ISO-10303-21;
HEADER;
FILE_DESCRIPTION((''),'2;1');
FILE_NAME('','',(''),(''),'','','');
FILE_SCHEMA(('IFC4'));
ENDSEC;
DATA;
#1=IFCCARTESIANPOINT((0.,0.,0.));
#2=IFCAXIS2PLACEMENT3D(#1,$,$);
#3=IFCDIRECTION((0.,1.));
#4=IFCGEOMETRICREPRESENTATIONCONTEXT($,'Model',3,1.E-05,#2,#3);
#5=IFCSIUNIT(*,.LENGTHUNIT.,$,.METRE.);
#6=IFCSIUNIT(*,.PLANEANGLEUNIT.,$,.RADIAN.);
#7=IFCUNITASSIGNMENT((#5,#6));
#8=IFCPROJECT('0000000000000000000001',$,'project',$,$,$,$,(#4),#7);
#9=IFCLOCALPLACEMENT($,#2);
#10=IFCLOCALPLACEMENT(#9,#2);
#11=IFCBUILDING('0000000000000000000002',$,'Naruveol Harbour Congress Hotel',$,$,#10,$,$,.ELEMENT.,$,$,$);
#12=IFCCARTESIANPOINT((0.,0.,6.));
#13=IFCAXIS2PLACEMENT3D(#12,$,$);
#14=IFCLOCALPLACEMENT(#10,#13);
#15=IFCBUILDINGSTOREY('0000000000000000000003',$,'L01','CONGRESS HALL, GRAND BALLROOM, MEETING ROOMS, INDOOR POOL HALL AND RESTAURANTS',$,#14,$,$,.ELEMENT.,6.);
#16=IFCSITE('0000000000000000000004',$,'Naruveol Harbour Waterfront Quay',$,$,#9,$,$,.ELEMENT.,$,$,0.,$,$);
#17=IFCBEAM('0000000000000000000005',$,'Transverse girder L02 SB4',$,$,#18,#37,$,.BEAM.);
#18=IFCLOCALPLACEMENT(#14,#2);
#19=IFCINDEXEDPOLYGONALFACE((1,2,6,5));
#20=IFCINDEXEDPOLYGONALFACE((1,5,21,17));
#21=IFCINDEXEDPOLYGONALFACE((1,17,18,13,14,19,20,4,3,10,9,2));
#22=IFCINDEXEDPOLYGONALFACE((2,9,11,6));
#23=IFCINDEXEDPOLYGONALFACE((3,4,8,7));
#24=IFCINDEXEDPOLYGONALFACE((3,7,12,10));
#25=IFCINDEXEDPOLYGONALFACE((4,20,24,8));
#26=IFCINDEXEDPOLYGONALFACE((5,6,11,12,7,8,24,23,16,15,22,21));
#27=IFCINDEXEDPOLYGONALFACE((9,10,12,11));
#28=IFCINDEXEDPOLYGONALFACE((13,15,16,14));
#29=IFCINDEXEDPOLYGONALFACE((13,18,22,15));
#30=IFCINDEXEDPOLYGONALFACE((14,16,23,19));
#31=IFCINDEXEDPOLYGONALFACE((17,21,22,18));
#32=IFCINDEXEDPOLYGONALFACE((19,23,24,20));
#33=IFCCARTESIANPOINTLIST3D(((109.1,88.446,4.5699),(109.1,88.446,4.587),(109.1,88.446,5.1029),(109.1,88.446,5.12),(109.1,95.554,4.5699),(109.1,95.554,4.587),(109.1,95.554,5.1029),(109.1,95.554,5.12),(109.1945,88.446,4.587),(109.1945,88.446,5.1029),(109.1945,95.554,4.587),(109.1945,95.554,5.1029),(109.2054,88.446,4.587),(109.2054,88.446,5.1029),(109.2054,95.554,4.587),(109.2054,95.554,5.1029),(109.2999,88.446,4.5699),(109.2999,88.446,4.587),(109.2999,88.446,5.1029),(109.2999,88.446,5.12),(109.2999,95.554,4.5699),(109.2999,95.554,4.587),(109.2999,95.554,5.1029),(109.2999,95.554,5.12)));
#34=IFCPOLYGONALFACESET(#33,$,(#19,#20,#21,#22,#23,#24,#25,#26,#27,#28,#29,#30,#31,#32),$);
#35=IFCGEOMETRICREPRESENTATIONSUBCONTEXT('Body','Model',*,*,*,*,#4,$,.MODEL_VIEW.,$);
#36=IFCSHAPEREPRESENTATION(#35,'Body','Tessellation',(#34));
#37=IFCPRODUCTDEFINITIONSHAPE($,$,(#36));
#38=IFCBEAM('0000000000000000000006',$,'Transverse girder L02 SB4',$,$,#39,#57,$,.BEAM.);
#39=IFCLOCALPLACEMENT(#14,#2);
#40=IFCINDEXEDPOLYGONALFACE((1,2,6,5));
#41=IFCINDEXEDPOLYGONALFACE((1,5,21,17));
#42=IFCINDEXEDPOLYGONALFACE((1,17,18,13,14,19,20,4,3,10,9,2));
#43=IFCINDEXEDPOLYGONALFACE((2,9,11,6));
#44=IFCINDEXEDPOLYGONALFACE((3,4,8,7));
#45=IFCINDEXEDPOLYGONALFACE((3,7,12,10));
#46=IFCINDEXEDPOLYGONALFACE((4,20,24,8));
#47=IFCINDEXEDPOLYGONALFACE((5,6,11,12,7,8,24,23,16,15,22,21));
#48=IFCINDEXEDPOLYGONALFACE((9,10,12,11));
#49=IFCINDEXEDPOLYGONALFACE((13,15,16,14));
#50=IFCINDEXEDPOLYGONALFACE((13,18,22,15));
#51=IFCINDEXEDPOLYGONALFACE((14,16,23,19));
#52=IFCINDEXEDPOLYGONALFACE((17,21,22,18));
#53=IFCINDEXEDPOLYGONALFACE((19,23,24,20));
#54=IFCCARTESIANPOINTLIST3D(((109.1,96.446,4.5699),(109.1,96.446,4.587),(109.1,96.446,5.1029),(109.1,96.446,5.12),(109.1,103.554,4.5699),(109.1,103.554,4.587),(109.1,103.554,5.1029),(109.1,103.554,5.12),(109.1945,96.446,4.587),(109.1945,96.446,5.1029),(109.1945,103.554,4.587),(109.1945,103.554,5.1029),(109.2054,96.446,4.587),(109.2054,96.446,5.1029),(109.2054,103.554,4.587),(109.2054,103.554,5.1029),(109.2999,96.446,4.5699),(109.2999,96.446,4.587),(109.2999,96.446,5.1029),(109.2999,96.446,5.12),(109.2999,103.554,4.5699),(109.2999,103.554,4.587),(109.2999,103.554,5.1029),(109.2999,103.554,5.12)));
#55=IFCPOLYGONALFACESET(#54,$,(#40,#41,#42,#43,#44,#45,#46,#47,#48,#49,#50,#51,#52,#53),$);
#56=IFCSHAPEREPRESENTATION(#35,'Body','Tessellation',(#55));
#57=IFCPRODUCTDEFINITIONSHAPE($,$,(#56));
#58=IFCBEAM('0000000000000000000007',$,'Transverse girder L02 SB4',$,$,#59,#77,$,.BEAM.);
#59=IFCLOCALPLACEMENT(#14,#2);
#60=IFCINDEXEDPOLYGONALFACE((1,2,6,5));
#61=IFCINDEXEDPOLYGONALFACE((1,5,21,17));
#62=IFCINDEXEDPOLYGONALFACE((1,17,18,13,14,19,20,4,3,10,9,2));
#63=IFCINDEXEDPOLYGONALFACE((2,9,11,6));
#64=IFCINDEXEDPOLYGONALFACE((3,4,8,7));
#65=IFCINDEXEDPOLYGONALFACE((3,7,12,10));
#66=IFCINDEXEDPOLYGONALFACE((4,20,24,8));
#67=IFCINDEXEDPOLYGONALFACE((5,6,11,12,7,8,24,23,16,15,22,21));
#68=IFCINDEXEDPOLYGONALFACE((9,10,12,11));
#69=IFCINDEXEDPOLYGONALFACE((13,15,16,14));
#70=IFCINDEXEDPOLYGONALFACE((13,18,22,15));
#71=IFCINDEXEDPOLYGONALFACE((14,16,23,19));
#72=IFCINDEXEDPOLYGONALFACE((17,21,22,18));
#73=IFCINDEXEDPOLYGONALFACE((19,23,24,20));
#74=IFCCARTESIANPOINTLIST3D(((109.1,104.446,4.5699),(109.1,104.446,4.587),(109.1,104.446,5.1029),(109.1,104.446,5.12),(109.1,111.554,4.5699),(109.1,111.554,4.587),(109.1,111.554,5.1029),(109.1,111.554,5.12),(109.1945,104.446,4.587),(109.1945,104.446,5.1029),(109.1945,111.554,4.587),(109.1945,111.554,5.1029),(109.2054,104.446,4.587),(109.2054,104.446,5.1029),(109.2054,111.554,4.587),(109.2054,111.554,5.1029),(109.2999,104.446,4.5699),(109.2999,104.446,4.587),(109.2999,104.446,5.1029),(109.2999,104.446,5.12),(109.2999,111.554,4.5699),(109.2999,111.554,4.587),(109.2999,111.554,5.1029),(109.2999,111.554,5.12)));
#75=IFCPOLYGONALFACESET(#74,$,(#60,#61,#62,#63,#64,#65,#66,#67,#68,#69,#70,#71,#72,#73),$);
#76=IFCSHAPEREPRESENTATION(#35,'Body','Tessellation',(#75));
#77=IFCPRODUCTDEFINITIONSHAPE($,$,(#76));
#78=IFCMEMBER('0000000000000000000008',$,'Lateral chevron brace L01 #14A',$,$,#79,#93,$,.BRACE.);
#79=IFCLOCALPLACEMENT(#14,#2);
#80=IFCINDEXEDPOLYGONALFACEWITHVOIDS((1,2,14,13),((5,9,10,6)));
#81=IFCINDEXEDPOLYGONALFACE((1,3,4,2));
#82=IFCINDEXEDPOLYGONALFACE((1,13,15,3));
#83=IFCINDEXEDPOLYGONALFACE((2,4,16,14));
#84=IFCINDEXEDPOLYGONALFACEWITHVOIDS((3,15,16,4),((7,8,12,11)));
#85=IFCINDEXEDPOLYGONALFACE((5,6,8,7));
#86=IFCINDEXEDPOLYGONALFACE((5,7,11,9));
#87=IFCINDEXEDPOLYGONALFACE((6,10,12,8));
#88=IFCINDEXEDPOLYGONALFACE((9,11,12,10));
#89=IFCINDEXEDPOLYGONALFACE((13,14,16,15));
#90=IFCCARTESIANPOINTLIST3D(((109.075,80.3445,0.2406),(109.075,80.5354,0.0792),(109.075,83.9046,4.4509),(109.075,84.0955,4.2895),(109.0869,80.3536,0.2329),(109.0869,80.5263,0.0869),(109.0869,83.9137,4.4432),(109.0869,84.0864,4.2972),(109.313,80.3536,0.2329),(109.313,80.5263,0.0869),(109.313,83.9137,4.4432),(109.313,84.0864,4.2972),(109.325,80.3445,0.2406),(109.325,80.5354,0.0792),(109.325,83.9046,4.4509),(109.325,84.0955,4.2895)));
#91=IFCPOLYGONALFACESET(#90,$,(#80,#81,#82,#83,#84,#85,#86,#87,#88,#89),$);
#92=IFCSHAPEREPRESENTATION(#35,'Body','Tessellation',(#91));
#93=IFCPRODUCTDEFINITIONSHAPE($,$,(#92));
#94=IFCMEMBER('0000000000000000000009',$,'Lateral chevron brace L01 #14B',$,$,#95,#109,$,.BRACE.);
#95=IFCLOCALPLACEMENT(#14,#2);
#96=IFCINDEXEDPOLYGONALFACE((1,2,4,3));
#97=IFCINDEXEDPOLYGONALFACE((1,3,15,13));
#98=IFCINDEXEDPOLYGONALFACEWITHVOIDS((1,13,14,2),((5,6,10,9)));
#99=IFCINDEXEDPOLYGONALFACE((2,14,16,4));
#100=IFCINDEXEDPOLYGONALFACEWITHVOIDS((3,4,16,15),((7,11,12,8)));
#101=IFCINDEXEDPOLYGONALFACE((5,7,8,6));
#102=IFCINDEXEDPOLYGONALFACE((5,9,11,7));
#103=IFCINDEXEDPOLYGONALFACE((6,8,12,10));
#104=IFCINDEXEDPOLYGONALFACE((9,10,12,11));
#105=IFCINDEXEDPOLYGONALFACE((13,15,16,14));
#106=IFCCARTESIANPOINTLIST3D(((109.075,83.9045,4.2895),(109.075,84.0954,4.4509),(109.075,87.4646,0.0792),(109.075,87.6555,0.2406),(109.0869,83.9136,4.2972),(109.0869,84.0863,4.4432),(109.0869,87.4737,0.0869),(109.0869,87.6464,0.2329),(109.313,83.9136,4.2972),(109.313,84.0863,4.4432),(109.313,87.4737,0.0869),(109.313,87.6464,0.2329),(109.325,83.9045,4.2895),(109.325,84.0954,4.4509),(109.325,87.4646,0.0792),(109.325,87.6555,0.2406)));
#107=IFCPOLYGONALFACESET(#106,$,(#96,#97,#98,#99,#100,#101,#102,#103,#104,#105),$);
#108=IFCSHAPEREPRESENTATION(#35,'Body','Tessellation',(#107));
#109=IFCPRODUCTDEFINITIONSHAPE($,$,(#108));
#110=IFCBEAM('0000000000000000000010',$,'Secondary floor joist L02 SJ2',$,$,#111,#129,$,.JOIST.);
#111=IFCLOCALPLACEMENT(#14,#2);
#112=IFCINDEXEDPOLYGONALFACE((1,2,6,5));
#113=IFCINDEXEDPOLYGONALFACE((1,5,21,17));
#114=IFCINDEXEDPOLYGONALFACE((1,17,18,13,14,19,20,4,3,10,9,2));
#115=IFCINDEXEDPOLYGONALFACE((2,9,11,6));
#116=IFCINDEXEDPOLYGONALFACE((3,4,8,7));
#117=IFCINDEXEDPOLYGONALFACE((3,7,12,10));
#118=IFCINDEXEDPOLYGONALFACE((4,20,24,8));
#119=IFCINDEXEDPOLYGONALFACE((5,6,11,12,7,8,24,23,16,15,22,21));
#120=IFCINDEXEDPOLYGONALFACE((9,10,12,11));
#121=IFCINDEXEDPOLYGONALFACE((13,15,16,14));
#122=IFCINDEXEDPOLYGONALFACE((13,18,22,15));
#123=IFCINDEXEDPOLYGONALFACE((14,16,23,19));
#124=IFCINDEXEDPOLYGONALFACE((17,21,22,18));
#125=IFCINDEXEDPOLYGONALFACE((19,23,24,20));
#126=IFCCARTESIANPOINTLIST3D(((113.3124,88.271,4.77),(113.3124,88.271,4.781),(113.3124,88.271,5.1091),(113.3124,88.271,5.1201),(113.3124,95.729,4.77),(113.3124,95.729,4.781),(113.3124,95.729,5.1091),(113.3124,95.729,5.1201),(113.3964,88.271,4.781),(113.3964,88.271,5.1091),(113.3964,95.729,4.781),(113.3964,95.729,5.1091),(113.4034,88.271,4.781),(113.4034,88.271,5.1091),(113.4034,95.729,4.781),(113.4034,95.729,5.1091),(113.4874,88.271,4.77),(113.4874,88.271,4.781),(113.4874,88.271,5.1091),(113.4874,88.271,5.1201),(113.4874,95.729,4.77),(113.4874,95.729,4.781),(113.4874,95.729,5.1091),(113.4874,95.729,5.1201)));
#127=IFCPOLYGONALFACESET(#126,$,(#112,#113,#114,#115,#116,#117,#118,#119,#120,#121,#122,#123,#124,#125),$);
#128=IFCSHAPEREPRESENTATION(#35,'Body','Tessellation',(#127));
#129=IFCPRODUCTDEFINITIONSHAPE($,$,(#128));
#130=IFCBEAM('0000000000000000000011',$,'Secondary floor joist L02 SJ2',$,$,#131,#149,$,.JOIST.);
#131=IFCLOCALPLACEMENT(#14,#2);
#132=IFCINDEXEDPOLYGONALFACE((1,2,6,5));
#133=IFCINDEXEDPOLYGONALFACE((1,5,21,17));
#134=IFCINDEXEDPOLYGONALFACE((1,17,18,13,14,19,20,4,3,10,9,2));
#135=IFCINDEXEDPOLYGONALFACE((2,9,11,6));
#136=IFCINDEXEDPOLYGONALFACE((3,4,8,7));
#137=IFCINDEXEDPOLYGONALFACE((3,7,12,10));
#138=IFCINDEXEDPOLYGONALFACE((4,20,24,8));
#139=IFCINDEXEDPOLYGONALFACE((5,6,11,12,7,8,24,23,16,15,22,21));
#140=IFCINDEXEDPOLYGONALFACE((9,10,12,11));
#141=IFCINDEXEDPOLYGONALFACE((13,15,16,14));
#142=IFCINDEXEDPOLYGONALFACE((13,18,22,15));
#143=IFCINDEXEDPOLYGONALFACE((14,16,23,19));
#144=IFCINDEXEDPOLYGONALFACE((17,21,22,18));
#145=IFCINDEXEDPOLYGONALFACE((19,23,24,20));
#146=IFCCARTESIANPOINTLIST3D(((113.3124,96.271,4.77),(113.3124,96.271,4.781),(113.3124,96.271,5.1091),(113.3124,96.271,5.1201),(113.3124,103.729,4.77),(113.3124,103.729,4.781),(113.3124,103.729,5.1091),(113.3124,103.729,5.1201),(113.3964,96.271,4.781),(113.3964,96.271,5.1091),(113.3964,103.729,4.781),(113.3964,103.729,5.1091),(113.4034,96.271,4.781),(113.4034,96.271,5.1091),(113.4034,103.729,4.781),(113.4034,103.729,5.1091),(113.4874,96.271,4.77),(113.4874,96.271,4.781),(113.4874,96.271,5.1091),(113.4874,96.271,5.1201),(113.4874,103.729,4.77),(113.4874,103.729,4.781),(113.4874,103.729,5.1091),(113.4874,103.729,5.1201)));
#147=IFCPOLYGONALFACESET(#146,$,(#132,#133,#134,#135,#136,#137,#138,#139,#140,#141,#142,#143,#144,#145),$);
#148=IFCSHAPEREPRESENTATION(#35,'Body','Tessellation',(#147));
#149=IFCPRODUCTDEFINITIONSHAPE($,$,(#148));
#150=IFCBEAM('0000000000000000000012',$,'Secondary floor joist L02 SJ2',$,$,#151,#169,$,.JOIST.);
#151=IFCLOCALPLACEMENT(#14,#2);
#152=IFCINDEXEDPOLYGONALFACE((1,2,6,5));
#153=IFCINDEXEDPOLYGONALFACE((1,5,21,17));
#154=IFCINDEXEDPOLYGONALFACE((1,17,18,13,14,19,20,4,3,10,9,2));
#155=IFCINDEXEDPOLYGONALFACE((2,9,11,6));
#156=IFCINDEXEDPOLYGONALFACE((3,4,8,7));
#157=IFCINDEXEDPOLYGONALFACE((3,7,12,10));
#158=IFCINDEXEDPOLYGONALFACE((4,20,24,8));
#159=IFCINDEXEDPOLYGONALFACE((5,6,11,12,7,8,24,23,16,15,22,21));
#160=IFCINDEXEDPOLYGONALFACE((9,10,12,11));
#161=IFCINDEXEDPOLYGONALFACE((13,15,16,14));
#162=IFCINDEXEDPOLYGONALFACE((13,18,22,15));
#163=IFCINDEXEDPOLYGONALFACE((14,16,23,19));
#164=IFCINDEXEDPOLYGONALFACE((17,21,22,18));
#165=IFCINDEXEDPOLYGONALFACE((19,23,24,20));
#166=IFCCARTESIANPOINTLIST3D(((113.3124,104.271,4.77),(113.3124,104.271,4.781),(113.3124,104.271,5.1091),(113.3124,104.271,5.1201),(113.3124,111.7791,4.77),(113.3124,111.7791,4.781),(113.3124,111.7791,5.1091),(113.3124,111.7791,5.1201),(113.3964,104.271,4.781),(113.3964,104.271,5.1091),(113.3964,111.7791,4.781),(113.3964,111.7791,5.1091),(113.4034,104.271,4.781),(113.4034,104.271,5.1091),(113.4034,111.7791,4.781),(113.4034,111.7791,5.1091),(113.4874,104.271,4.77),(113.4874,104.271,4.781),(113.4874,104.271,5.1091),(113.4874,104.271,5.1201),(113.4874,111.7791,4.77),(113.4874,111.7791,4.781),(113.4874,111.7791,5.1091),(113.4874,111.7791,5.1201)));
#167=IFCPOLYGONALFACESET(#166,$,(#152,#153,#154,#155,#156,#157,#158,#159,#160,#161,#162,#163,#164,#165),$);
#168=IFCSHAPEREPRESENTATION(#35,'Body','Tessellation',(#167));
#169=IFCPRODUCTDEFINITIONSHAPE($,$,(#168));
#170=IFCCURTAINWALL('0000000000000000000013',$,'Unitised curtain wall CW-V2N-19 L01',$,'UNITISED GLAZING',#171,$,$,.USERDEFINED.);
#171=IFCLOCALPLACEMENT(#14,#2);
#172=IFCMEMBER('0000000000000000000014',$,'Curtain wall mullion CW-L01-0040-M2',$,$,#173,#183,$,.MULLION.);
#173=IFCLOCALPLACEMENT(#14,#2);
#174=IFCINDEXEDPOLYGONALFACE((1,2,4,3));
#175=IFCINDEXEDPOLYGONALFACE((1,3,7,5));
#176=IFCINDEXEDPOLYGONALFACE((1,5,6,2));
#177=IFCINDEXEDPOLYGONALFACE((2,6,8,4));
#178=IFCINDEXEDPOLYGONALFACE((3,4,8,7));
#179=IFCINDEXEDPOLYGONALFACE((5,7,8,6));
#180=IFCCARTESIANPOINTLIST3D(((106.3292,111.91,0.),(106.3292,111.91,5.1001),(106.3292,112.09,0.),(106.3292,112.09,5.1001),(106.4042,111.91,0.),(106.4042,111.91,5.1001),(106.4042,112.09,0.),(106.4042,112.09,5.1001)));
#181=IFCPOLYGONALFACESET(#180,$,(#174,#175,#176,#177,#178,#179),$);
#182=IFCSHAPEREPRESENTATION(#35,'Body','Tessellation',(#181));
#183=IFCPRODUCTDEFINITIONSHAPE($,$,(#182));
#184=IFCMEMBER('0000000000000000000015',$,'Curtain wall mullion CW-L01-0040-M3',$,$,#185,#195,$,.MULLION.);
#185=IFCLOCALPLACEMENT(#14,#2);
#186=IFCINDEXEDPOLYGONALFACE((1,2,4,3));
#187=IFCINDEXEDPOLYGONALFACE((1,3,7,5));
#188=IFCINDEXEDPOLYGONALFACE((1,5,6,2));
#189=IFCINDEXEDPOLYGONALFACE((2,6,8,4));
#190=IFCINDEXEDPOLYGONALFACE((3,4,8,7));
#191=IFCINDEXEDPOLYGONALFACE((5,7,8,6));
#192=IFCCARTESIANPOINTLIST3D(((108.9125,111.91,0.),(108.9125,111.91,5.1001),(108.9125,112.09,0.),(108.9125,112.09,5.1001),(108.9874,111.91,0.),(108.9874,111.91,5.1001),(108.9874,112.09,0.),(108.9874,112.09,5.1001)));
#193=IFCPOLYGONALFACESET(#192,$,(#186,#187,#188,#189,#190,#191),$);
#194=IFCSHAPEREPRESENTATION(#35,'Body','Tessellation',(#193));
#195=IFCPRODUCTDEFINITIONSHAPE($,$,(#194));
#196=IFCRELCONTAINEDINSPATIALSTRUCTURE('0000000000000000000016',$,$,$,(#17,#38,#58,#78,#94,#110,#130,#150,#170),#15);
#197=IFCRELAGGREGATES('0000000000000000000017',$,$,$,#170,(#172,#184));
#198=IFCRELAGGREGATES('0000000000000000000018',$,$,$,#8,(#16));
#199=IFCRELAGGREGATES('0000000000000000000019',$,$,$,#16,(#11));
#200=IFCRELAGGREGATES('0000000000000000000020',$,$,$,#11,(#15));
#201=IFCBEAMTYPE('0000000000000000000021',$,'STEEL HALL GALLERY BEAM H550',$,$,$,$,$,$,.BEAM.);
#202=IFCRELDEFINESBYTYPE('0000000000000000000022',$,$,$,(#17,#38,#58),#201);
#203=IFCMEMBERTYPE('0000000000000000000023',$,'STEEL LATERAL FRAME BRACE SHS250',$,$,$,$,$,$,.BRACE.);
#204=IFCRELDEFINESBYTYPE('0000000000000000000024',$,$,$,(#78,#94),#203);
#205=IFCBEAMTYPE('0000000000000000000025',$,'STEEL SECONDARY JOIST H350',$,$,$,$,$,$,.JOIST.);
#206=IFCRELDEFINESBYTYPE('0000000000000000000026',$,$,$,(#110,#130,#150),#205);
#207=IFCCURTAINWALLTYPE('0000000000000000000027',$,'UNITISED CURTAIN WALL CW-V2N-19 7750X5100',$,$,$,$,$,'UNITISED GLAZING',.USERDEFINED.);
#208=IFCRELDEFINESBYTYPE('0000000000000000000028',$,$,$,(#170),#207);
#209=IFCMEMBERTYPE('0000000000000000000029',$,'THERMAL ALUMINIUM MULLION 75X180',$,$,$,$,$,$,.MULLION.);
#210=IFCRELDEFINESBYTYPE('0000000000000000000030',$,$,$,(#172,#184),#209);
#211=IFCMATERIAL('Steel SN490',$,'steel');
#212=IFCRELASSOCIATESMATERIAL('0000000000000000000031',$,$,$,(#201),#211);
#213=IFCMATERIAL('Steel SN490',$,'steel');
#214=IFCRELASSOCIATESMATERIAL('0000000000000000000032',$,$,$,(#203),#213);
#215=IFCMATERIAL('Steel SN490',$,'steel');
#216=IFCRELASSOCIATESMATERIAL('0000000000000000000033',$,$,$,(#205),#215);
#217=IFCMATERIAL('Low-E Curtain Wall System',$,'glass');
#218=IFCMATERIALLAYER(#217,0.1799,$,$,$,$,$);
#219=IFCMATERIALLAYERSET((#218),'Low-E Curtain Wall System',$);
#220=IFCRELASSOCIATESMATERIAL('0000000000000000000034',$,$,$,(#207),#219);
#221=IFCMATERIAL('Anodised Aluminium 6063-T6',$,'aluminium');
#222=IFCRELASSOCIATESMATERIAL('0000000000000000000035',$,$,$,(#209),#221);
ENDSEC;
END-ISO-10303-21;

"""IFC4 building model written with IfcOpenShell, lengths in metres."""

from ifc_helpers import new_model, si_unit, direction, frame, origin, origin_2d, place, context, subcontext, project, spatial, rectangle, hollow_rectangle, i_section, extrude, material, layer, layer_set, material_profile, profile_set, type_object, element, aggregate, save


model = new_model("IFC4")

# Units and contexts
model_context = context("Model", 3, precision=1e-05, world=origin(), true_north=direction((0.0, 1.0)))
body_context = subcontext(model_context, "Body", "Model", "MODEL_VIEW")
ifc_project = project(units=[si_unit("LENGTHUNIT", "METRE"), si_unit("PLANEANGLEUNIT", "RADIAN")], contexts=[model_context])

# Site, building, storey
site_placement = place(None, origin())
site = spatial("IfcSite", under=ifc_project, at=site_placement, Name="Naruveol Harbour Waterfront Quay", CompositionType="ELEMENT", RefElevation=0.0)
building_placement = place(site_placement, origin())
building = spatial("IfcBuilding", under=site, at=building_placement, Name="Naruveol Harbour Congress Hotel", CompositionType="ELEMENT")
storey_placement = place(building_placement, frame((0.0, 0.0, 6.0)))
storey = spatial("IfcBuildingStorey", under=building, at=storey_placement, Name="L01", Description="CONGRESS HALL, GRAND BALLROOM, MEETING ROOMS, INDOOR POOL HALL AND RESTAURANTS", CompositionType="ELEMENT", Elevation=6.0)

# Beams
ifc_material_1 = material(Name="Steel SN490", Category="steel")
ifc_material_profile_1 = material_profile(ifc_material_1, i_section(OverallWidth=0.2, OverallDepth=0.55, WebThickness=0.011, FlangeThickness=0.0171, at=origin_2d()), Name="H-550x200x11x17")
ifc_profile_set_1 = profile_set([ifc_material_profile_1], Name="Steel SN490")
beam_type_1 = type_object("IfcBeamType", Name="STEEL HALL GALLERY BEAM H550", PredefinedType="BEAM", material=ifc_profile_set_1)
for number, where, z_axis, x_axis, name in (
    (1, (109.2, 88.446, 4.845), (0.0, 1.0, 0.0), (-1.0, 0.0, 0.0), "Transverse girder L02 SB4"),
    (2, (109.2, 96.446, 4.845), (0.0, 1.0, 0.0), (-1.0, 0.0, 0.0), "Transverse girder L02 SB4"),
    (3, (109.2, 104.446, 4.845), (0.0, 1.0, 0.0), (-1.0, 0.0, 0.0), "Transverse girder L02 SB4"),
):
    element("IfcBeam", number, at=place(storey_placement, frame(where, z_axis=z_axis, x_axis=x_axis)), inside=storey, type_object=beam_type_1, Name=name, PredefinedType="BEAM", context=body_context, shape_type="SweptSolid", body=[
        extrude(i_section(OverallWidth=0.2, OverallDepth=0.55, WebThickness=0.011, FlangeThickness=0.0171, at=origin_2d()), origin(), (0.0, 0.0, 1.0), 7.1079),
    ])

# Members
ifc_material_2 = material(Name="Steel SN490", Category="steel")
ifc_material_profile_2 = material_profile(ifc_material_2, hollow_rectangle(XDim=0.25, YDim=0.25, WallThickness=0.012, at=origin_2d()), Name="SHS-250x250x12")
ifc_profile_set_2 = profile_set([ifc_material_profile_2], Name="Steel SN490")
member_type_1 = type_object("IfcMemberType", Name="STEEL LATERAL FRAME BRACE SHS250", PredefinedType="BRACE", material=ifc_profile_set_2)
for number, where, z_axis, x_axis, name in (
    (4, (109.2, 80.4399, 0.1599), (0.0, 0.645686, 0.763603), (-1.0, 0.0, 0.0), "Lateral chevron brace L01 #14A"),
    (5, (109.2, 87.5601, 0.1599), (0.0, -0.645686, 0.763603), (1.0, 0.0, 0.0), "Lateral chevron brace L01 #14B"),
):
    element("IfcMember", number, at=place(storey_placement, frame(where, z_axis=z_axis, x_axis=x_axis)), inside=storey, type_object=member_type_1, Name=name, PredefinedType="BRACE", context=body_context, shape_type="SweptSolid", body=[
        extrude(hollow_rectangle(XDim=0.25, YDim=0.25, WallThickness=0.012, at=origin_2d()), origin(), (0.0, 0.0, 1.0), 5.5137),
    ])

# Beams
ifc_material_3 = material(Name="Steel SN490", Category="steel")
ifc_material_profile_3 = material_profile(ifc_material_3, i_section(OverallWidth=0.175, OverallDepth=0.3501, WebThickness=0.0071, FlangeThickness=0.011, at=origin_2d()), Name="H-350x175x7x11")
ifc_profile_set_3 = profile_set([ifc_material_profile_3], Name="Steel SN490")
beam_type_2 = type_object("IfcBeamType", Name="STEEL SECONDARY JOIST H350", PredefinedType="JOIST", material=ifc_profile_set_3)
for number, where, z_axis, x_axis, name in (
    (6, (113.3999, 88.271, 4.9451), (0.0, 1.0, 0.0), (-1.0, 0.0, 0.0), "Secondary floor joist L02 SJ2"),
    (7, (113.3999, 96.271, 4.9451), (0.0, 1.0, 0.0), (-1.0, 0.0, 0.0), "Secondary floor joist L02 SJ2"),
):
    element("IfcBeam", number, at=place(storey_placement, frame(where, z_axis=z_axis, x_axis=x_axis)), inside=storey, type_object=beam_type_2, Name=name, PredefinedType="JOIST", context=body_context, shape_type="SweptSolid", body=[
        extrude(i_section(OverallWidth=0.175, OverallDepth=0.3501, WebThickness=0.0071, FlangeThickness=0.011, at=origin_2d()), origin(), (0.0, 0.0, 1.0), 7.458),
    ])
beam_1_placement = place(storey_placement, frame((113.3999, 104.271, 4.9451), z_axis=(0.0, 1.0, 0.0), x_axis=(-1.0, 0.0, 0.0)))
element("IfcBeam", 8, at=beam_1_placement, inside=storey, type_object=beam_type_2, Name="Secondary floor joist L02 SJ2", PredefinedType="JOIST", context=body_context, shape_type="SweptSolid", body=[
    extrude(i_section(OverallWidth=0.175, OverallDepth=0.3501, WebThickness=0.0071, FlangeThickness=0.011, at=origin_2d()), origin(), (0.0, 0.0, 1.0), 7.5081),
])

# Curtain wall, members
ifc_material_4 = material(Name="Low-E Curtain Wall System", Category="glass")
ifc_layer_1 = layer(ifc_material_4, 0.1799)
ifc_layer_set_1 = layer_set([ifc_layer_1], Name="Low-E Curtain Wall System")
curtain_wall_type = type_object("IfcCurtainWallType", Name="UNITISED CURTAIN WALL CW-V2N-19 7750X5100", ElementType="UNITISED GLAZING", PredefinedType="USERDEFINED", material=ifc_layer_set_1)
curtain_wall_placement = place(storey_placement, origin())
curtain_wall = element("IfcCurtainWall", 9, at=curtain_wall_placement, inside=storey, type_object=curtain_wall_type, Name="Unitised curtain wall CW-V2N-19 L01", ObjectType="UNITISED GLAZING", PredefinedType="USERDEFINED")
ifc_material_5 = material(Name="Anodised Aluminium 6063-T6", Category="aluminium")
ifc_material_profile_4 = material_profile(ifc_material_5, rectangle(XDim=0.075, YDim=0.1799, at=origin_2d()), Name="ALU-75x180")
ifc_profile_set_4 = profile_set([ifc_material_profile_4], Name="Anodised Aluminium 6063-T6")
member_type_2 = type_object("IfcMemberType", Name="THERMAL ALUMINIUM MULLION 75X180", PredefinedType="MULLION", material=ifc_profile_set_4)
member_1_placement = place(storey_placement, frame((106.3667, 112.0, 0.0), z_axis=(0.0, 0.0, 1.0), x_axis=(1.0, 0.0, 0.0)))
member_1 = element("IfcMember", 10, at=member_1_placement, type_object=member_type_2, Name="Curtain wall mullion CW-L01-0040-M2", PredefinedType="MULLION", context=body_context, shape_type="SweptSolid", body=[
    extrude(rectangle(XDim=0.075, YDim=0.1799, at=origin_2d()), origin(), (0.0, 0.0, 1.0), 5.1001),
])
member_2_placement = place(storey_placement, frame((108.95, 112.0, 0.0), z_axis=(0.0, 0.0, 1.0), x_axis=(1.0, 0.0, 0.0)))
member_2 = element("IfcMember", 11, at=member_2_placement, type_object=member_type_2, Name="Curtain wall mullion CW-L01-0040-M3", PredefinedType="MULLION", context=body_context, shape_type="SweptSolid", body=[
    extrude(rectangle(XDim=0.075, YDim=0.1799, at=origin_2d()), origin(), (0.0, 0.0, 1.0), 5.1001),
])
aggregate(curtain_wall, [member_1, member_2])

save(model, "model.ifc")
